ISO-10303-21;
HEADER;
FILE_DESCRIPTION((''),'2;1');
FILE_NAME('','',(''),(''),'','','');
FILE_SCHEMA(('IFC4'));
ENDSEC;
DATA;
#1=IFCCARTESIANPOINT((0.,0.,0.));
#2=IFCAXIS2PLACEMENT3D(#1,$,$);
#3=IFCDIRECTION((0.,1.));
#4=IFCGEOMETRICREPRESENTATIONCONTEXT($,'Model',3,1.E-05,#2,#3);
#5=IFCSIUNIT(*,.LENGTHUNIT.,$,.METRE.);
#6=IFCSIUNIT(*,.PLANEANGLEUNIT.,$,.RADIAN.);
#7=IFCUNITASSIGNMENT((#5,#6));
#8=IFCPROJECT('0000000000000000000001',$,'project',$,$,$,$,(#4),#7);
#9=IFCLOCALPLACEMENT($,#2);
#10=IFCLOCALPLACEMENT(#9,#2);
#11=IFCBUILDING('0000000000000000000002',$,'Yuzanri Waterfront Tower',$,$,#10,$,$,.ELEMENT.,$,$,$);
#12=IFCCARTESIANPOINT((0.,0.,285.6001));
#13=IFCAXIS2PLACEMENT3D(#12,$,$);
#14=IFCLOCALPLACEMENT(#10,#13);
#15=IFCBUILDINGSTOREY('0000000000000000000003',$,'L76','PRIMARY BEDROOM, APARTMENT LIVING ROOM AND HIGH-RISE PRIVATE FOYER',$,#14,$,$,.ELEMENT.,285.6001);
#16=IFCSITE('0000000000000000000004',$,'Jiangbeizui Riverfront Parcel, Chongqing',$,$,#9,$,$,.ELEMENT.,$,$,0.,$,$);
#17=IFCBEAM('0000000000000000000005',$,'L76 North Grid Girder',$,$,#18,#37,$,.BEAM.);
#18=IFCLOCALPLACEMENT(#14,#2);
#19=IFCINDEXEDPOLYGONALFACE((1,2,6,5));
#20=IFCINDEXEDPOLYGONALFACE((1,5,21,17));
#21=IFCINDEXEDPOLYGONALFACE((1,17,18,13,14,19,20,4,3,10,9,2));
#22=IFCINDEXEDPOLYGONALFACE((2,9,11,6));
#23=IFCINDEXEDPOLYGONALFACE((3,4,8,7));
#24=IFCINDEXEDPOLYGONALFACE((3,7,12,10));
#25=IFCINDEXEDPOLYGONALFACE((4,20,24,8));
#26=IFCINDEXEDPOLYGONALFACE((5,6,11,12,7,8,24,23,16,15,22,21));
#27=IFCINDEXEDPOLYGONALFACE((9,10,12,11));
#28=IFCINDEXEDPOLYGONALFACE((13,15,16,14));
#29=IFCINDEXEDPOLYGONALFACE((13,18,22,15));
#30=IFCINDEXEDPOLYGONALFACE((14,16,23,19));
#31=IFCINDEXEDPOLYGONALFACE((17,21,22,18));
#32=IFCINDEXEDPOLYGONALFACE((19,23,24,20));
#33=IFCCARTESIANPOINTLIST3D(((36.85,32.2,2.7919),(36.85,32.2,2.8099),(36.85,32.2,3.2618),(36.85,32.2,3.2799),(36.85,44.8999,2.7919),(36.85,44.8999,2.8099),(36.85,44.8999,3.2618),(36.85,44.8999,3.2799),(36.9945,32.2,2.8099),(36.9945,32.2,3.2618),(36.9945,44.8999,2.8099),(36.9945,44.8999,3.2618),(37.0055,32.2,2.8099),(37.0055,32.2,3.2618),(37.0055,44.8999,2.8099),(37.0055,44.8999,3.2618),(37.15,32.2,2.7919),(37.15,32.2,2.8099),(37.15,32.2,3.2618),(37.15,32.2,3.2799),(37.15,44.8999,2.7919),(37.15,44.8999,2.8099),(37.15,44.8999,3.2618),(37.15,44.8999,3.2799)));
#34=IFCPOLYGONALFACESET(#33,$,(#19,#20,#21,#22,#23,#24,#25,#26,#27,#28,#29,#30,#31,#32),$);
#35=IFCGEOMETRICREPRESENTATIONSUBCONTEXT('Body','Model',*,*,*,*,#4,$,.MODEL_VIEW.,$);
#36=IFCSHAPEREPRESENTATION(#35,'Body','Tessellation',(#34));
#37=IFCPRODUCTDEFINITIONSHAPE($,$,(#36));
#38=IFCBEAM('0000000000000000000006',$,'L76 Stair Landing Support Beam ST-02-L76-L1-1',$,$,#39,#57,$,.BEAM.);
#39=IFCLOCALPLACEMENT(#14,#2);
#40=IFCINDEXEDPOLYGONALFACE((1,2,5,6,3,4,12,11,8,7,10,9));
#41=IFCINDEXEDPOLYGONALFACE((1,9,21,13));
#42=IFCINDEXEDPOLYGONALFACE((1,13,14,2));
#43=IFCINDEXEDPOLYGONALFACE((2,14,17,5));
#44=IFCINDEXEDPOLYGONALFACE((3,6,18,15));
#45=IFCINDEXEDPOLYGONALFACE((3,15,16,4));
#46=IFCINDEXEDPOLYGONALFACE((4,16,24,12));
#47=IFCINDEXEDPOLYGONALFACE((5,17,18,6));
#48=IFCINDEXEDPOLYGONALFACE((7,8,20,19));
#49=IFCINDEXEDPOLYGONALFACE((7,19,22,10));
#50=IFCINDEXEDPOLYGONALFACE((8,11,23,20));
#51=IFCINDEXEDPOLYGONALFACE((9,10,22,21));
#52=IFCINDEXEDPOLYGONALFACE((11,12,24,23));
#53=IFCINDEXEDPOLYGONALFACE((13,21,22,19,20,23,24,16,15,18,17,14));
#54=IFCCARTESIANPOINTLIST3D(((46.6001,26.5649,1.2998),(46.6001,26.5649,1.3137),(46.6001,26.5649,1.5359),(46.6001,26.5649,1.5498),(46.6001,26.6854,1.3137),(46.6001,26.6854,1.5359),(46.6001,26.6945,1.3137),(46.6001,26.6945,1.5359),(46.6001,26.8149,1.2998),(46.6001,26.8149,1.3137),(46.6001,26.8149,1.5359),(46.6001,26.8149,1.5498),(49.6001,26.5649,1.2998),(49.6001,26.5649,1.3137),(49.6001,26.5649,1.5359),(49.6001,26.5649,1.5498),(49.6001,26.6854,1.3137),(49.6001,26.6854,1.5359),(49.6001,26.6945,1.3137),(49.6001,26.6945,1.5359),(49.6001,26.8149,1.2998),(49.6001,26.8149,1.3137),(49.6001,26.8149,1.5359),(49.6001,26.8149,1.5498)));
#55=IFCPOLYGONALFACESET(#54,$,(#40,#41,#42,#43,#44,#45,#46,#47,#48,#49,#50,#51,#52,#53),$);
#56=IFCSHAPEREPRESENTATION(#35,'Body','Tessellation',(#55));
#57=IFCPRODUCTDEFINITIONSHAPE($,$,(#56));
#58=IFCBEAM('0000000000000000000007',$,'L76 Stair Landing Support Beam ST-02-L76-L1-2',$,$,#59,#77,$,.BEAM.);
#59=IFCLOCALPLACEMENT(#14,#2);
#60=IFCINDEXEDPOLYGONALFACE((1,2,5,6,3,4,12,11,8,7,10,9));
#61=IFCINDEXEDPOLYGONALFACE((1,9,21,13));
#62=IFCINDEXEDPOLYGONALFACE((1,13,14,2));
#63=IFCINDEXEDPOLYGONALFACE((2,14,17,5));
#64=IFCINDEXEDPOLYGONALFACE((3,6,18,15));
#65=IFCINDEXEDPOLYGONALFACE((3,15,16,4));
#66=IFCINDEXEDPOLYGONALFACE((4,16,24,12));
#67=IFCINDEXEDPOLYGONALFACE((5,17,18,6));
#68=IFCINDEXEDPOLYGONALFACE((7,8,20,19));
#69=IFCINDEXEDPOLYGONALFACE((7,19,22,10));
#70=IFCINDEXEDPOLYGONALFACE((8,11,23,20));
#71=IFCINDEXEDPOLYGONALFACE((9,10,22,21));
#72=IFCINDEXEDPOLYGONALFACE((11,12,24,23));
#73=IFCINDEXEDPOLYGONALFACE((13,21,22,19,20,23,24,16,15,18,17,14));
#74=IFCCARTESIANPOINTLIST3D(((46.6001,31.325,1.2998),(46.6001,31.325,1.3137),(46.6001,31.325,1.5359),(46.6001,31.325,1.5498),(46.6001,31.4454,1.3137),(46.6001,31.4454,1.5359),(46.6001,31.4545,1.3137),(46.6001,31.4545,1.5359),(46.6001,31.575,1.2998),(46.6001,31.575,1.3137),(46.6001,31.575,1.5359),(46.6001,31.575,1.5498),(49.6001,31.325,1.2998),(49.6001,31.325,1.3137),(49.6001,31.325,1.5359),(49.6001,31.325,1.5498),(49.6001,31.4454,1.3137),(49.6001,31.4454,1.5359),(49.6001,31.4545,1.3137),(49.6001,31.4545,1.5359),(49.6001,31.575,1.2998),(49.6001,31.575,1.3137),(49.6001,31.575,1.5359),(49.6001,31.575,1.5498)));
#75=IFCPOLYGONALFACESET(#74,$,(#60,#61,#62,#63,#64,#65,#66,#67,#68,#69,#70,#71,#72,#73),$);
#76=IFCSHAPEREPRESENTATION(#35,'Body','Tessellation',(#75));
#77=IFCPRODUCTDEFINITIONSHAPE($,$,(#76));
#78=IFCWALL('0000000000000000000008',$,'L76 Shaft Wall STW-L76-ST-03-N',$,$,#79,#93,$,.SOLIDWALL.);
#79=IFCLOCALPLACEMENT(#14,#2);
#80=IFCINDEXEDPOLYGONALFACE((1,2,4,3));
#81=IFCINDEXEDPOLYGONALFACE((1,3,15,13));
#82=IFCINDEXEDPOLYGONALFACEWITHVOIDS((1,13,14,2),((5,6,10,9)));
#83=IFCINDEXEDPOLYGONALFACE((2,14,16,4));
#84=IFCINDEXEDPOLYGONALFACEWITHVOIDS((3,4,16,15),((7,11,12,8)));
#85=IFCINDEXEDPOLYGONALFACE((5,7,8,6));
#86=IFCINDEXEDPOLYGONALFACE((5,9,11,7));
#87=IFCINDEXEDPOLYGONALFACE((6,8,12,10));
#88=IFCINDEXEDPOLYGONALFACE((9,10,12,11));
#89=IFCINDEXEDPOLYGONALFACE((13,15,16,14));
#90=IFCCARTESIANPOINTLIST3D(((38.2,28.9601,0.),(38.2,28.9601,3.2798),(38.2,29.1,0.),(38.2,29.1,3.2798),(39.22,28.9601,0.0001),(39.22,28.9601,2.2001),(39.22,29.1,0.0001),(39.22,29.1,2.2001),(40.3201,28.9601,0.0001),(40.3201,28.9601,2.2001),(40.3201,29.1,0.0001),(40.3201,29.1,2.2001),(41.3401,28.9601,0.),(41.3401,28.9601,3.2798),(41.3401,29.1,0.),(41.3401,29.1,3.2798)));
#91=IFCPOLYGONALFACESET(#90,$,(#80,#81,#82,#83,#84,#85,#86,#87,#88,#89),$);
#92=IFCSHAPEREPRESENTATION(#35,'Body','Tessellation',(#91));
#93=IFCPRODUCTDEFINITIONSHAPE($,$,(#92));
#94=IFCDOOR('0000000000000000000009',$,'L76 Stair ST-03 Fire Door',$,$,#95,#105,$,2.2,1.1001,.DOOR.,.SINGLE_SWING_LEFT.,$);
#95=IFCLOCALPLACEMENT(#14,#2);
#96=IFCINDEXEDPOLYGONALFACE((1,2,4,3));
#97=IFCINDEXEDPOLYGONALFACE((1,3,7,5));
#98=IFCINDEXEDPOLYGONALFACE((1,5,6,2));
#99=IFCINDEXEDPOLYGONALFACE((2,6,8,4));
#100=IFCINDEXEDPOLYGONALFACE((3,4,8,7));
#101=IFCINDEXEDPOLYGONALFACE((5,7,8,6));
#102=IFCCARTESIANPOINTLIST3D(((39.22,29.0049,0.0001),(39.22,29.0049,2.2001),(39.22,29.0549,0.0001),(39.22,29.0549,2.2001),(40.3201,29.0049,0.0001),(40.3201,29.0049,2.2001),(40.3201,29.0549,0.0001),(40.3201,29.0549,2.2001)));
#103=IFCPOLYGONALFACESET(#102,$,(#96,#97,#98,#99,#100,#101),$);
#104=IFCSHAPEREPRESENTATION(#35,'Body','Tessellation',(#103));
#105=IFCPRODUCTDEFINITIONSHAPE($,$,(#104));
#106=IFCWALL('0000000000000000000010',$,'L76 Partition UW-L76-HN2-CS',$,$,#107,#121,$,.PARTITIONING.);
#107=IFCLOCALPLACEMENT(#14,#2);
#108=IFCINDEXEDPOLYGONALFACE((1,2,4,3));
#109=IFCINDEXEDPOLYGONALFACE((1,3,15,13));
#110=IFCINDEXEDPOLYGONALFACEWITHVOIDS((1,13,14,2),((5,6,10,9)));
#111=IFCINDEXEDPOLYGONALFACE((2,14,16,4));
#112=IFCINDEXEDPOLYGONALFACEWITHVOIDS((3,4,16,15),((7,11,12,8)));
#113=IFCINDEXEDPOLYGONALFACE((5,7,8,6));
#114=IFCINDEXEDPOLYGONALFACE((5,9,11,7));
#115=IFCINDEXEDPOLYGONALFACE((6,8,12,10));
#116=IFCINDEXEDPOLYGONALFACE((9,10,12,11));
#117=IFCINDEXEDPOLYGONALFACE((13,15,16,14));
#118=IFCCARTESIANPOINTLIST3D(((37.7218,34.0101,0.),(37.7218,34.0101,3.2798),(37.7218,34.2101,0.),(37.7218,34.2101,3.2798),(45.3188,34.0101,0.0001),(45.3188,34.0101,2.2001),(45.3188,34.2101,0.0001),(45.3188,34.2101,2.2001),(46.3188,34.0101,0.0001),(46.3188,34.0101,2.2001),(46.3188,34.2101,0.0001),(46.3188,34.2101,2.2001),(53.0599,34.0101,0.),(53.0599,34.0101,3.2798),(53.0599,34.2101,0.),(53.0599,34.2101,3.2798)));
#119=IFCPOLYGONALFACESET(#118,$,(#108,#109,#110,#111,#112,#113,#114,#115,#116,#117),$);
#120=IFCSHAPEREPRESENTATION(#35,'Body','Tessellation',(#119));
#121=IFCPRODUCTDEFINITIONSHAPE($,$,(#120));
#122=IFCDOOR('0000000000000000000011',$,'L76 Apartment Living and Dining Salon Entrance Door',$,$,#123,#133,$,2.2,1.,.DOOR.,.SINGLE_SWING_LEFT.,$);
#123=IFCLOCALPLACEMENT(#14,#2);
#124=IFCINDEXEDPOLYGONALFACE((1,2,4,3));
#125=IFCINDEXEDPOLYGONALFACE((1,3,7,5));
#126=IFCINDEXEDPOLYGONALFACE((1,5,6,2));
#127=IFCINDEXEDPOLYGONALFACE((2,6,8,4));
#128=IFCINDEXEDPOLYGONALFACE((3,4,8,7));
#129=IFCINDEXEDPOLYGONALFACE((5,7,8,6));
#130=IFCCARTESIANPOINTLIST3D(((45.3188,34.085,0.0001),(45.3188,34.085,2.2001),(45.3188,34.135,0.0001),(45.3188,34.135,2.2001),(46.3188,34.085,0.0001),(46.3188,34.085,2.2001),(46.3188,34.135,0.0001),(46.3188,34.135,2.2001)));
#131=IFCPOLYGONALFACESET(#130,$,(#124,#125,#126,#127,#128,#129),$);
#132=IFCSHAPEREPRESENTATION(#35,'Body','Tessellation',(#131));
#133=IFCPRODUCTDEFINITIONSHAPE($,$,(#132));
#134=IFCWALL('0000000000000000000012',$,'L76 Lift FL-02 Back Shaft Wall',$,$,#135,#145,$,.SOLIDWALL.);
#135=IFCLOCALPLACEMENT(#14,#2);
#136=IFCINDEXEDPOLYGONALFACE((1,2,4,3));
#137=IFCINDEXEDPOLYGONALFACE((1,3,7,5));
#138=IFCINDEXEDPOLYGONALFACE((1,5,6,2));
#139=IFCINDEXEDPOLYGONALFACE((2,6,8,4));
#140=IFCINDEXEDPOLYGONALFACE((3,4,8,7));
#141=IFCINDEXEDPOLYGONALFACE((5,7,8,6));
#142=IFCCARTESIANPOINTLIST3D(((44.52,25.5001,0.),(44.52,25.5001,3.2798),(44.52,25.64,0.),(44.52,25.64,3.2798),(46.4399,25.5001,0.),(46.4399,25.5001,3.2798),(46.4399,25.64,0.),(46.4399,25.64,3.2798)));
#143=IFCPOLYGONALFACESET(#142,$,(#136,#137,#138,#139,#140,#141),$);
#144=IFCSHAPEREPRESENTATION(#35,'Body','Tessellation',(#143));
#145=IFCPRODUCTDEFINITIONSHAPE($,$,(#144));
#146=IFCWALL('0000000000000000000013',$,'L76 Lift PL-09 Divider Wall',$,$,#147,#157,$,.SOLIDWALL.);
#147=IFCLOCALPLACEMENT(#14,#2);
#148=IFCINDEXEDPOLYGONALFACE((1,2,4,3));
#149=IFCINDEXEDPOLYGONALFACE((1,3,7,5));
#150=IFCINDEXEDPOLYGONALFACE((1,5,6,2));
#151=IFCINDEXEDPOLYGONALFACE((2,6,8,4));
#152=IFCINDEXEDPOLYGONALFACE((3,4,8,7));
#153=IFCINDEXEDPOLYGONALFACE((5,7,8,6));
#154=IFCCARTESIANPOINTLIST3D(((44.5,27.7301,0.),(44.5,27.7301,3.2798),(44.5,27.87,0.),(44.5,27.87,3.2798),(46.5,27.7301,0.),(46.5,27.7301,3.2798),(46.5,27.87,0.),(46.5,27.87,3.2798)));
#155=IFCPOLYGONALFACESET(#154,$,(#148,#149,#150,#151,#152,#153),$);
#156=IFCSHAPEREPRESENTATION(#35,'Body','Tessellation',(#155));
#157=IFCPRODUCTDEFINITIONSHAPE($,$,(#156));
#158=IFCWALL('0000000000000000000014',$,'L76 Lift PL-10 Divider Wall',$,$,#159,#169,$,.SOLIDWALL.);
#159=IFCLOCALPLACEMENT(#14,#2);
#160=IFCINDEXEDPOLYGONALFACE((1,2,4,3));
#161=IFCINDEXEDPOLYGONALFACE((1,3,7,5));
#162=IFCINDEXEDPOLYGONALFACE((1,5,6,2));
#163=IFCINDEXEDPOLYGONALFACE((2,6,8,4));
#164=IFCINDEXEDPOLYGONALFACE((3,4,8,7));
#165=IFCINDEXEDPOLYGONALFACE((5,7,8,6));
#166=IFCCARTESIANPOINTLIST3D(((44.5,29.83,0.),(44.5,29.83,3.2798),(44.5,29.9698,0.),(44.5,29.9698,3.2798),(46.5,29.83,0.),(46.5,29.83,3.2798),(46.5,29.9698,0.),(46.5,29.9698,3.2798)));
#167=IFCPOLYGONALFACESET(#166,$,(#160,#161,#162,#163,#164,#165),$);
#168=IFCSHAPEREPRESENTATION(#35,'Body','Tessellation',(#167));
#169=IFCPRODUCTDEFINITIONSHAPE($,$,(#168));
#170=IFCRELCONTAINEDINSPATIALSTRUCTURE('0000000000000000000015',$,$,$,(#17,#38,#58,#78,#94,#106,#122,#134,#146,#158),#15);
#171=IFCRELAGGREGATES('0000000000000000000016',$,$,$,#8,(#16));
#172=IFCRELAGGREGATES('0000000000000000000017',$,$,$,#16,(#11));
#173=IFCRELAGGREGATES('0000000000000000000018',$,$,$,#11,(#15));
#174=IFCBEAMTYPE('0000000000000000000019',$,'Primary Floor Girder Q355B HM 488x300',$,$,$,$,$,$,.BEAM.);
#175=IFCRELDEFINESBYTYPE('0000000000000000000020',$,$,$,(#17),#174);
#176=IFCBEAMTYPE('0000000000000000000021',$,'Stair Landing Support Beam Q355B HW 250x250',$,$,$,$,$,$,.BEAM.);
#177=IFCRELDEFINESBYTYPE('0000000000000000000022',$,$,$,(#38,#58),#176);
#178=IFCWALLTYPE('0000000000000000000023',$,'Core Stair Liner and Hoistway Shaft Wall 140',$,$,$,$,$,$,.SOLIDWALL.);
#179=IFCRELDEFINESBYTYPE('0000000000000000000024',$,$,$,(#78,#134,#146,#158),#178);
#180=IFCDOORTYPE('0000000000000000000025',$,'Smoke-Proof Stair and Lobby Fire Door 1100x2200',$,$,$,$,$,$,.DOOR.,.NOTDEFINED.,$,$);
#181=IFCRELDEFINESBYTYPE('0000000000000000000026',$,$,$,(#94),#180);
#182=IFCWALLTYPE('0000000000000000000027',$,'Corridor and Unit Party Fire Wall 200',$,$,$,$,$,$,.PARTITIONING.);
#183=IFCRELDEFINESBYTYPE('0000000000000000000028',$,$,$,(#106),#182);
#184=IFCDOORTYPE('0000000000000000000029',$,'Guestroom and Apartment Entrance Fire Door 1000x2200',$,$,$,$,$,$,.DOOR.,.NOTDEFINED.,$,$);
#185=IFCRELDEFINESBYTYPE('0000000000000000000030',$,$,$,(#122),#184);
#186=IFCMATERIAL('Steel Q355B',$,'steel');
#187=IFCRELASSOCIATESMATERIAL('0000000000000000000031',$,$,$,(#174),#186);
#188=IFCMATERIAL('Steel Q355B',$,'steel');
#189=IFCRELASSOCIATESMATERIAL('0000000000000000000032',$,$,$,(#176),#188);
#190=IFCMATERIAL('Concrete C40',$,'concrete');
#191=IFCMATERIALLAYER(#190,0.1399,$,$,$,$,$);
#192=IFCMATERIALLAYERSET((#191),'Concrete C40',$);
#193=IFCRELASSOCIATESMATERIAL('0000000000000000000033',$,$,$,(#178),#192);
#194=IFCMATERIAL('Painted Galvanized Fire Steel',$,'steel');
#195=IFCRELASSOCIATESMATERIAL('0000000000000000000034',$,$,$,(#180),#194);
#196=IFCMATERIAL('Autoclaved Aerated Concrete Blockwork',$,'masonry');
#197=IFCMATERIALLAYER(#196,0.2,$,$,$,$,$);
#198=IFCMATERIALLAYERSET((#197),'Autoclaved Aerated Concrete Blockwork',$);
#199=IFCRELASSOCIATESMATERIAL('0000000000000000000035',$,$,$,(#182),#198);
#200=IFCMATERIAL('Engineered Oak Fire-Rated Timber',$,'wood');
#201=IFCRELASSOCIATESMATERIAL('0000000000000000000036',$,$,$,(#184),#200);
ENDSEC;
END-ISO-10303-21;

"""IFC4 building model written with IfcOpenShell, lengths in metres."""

from ifc_helpers import new_model, si_unit, direction, frame, frame_2d, origin, origin_2d, place, context, subcontext, project, spatial, rectangle, i_section, extrude, source, transform, mapped, material, layer, layer_set, material_profile, profile_set, type_object, element, fill, save


model = new_model("IFC4")

# Units and contexts
model_context = context("Model", 3, precision=1e-05, world=origin(), true_north=direction((0.0, 1.0)))
body_context = subcontext(model_context, "Body", "Model", "MODEL_VIEW")
ifc_project = project(units=[si_unit("LENGTHUNIT", "METRE"), si_unit("PLANEANGLEUNIT", "RADIAN")], contexts=[model_context])

# Site, building, storey
site_placement = place(None, origin())
site = spatial("IfcSite", under=ifc_project, at=site_placement, Name="Jiangbeizui Riverfront Parcel, Chongqing", CompositionType="ELEMENT", RefElevation=0.0)
building_placement = place(site_placement, origin())
building = spatial("IfcBuilding", under=site, at=building_placement, Name="Yuzanri Waterfront Tower", CompositionType="ELEMENT")
storey_placement = place(building_placement, frame((0.0, 0.0, 285.6001)))
storey = spatial("IfcBuildingStorey", under=building, at=storey_placement, Name="L76", Description="PRIMARY BEDROOM, APARTMENT LIVING ROOM AND HIGH-RISE PRIVATE FOYER", CompositionType="ELEMENT", Elevation=285.6001)

# Beams
ifc_material_1 = material(Name="Steel Q355B", Category="steel")
ifc_material_profile_1 = material_profile(ifc_material_1, i_section(OverallWidth=0.3, OverallDepth=0.488, WebThickness=0.011, FlangeThickness=0.0181, at=origin_2d()), Name="HM 488x300x11x18")
ifc_profile_set_1 = profile_set([ifc_material_profile_1], Name="Steel Q355B")
beam_type_1 = type_object("IfcBeamType", Name="Primary Floor Girder Q355B HM 488x300", PredefinedType="BEAM", material=ifc_profile_set_1)
shared_shape_1 = source(origin(), body_context, "Body", "SweptSolid", [
    extrude(i_section(OverallWidth=0.3, OverallDepth=0.488, WebThickness=0.011, FlangeThickness=0.0181, at=origin_2d()), origin(), (0.0, 0.0, 1.0), 12.7),
])
beam_placement = place(storey_placement, frame((37.0, 32.2, 3.0359), z_axis=(0.0, 1.0, 0.0), x_axis=(-1.0, 0.0, 0.0)))
element("IfcBeam", 1, at=beam_placement, inside=storey, type_object=beam_type_1, Name="L76 North Grid Girder", PredefinedType="BEAM", context=body_context, shape_type="MappedRepresentation", body=[
    mapped(shared_shape_1, transform((0.0, 0.0, 0.0), scale=1.0)),
])
ifc_material_2 = material(Name="Steel Q355B", Category="steel")
ifc_material_profile_2 = material_profile(ifc_material_2, i_section(OverallWidth=0.25, OverallDepth=0.25, WebThickness=0.009, FlangeThickness=0.0139, at=origin_2d()), Name="HW 250x250x9x14")
ifc_profile_set_2 = profile_set([ifc_material_profile_2], Name="Steel Q355B")
beam_type_2 = type_object("IfcBeamType", Name="Stair Landing Support Beam Q355B HW 250x250", PredefinedType="BEAM", material=ifc_profile_set_2)
shared_shape_2 = source(origin(), body_context, "Body", "SweptSolid", [
    extrude(i_section(OverallWidth=0.25, OverallDepth=0.25, WebThickness=0.009, FlangeThickness=0.0139, at=origin_2d()), origin(), (0.0, 0.0, 1.0), 3.0),
])
for number, where, z_axis, x_axis, name in (
    (2, (46.6001, 26.6899, 1.4248), (1.0, 0.0, 0.0), (0.0, 1.0, 0.0), "L76 Stair Landing Support Beam ST-02-L76-L1-1"),
    (3, (46.6001, 31.45, 1.4248), (1.0, 0.0, 0.0), (0.0, 1.0, 0.0), "L76 Stair Landing Support Beam ST-02-L76-L1-2"),
):
    element("IfcBeam", number, at=place(storey_placement, frame(where, z_axis=z_axis, x_axis=x_axis)), inside=storey, type_object=beam_type_2, Name=name, PredefinedType="BEAM", context=body_context, shape_type="MappedRepresentation", body=[
        mapped(shared_shape_2, transform((0.0, 0.0, 0.0), scale=1.0)),
    ])

# Walls, openings, doors
ifc_material_3 = material(Name="Concrete C40", Category="concrete")
ifc_layer_1 = layer(ifc_material_3, 0.1399)
ifc_layer_set_1 = layer_set([ifc_layer_1], Name="Concrete C40")
wall_type_1 = type_object("IfcWallType", Name="Core Stair Liner and Hoistway Shaft Wall 140", PredefinedType="SOLIDWALL", material=ifc_layer_set_1)
wall_1_placement = place(storey_placement, frame((38.2, 29.03, 0.0), z_axis=(0.0, 0.0, 1.0), x_axis=(1.0, 0.0, 0.0)))
wall_1 = element("IfcWall", 4, at=wall_1_placement, inside=storey, type_object=wall_type_1, Name="L76 Shaft Wall STW-L76-ST-03-N", PredefinedType="SOLIDWALL", context=body_context, shape_type="SweptSolid", body=[
    extrude(rectangle(XDim=3.1401, YDim=0.1399, at=frame_2d((1.5701, 0.0))), origin(), (0.0, 0.0, 1.0), 3.2798),
])
opening_1_placement = place(wall_1_placement, frame((1.02, 0.0, 0.0)))
opening_1 = element("IfcOpeningElement", 5, at=opening_1_placement, cuts=wall_1, PredefinedType="OPENING", context=body_context, shape_type="SweptSolid", body=[
    extrude(rectangle(XDim=1.1001, YDim=2.2, at=frame_2d((0.55, 1.1001))), frame((0.0, 0.085, 0.0), z_axis=(0.0, -1.0, 0.0), x_axis=(1.0, 0.0, 0.0)), (0.0, 0.0, 1.0), 0.1697),
])
ifc_material_4 = material(Name="Painted Galvanized Fire Steel", Category="steel")
door_type_1 = type_object("IfcDoorType", Name="Smoke-Proof Stair and Lobby Fire Door 1100x2200", OperationType="NOTDEFINED", PredefinedType="DOOR", material=ifc_material_4)
shared_shape_3 = source(origin(), body_context, "Body", "SweptSolid", [
    extrude(rectangle(XDim=1.1001, YDim=2.2, at=frame_2d((0.55, 1.1001))), frame((0.0, 0.0249, 0.0), z_axis=(0.0, -1.0, 0.0), x_axis=(1.0, 0.0, 0.0)), (0.0, 0.0, 1.0), 0.05),
])
door_1_placement = place(opening_1_placement, origin())
door_1 = element("IfcDoor", 6, at=door_1_placement, inside=storey, type_object=door_type_1, Name="L76 Stair ST-03 Fire Door", OperationType="SINGLE_SWING_LEFT", OverallHeight=2.2, OverallWidth=1.1001, PredefinedType="DOOR", context=body_context, shape_type="MappedRepresentation", body=[
    mapped(shared_shape_3, transform((0.0, 0.0, 0.0), scale=1.0)),
])
fill(opening_1, door_1)
ifc_material_5 = material(Name="Autoclaved Aerated Concrete Blockwork", Category="masonry")
ifc_layer_2 = layer(ifc_material_5, 0.2)
ifc_layer_set_2 = layer_set([ifc_layer_2], Name="Autoclaved Aerated Concrete Blockwork")
wall_type_2 = type_object("IfcWallType", Name="Corridor and Unit Party Fire Wall 200", PredefinedType="PARTITIONING", material=ifc_layer_set_2)
wall_2_placement = place(storey_placement, frame((37.7219, 34.1101, 0.0), z_axis=(0.0, 0.0, 1.0), x_axis=(1.0, 0.0, 0.0)))
wall_2 = element("IfcWall", 7, at=wall_2_placement, inside=storey, type_object=wall_type_2, Name="L76 Partition UW-L76-HN2-CS", PredefinedType="PARTITIONING", context=body_context, shape_type="SweptSolid", body=[
    extrude(rectangle(XDim=15.3381, YDim=0.2, at=frame_2d((7.6689, 0.0))), origin(), (0.0, 0.0, 1.0), 3.2798),
])
opening_2_placement = place(wall_2_placement, frame((7.5969, 0.0, 0.0)))
opening_2 = element("IfcOpeningElement", 8, at=opening_2_placement, cuts=wall_2, PredefinedType="OPENING", context=body_context, shape_type="SweptSolid", body=[
    extrude(rectangle(XDim=1.0, YDim=2.2, at=frame_2d((0.5, 1.1001))), frame((0.0, 0.1147, 0.0), z_axis=(0.0, -1.0, 0.0), x_axis=(1.0, 0.0, 0.0)), (0.0, 0.0, 1.0), 0.2297),
])
ifc_material_6 = material(Name="Engineered Oak Fire-Rated Timber", Category="wood")
door_type_2 = type_object("IfcDoorType", Name="Guestroom and Apartment Entrance Fire Door 1000x2200", OperationType="NOTDEFINED", PredefinedType="DOOR", material=ifc_material_6)
shared_shape_4 = source(origin(), body_context, "Body", "SweptSolid", [
    extrude(rectangle(XDim=1.0, YDim=2.2, at=frame_2d((0.5, 1.1001))), frame((0.0, 0.0249, 0.0), z_axis=(0.0, -1.0, 0.0), x_axis=(1.0, 0.0, 0.0)), (0.0, 0.0, 1.0), 0.05),
])
door_2_placement = place(opening_2_placement, origin())
door_2 = element("IfcDoor", 9, at=door_2_placement, inside=storey, type_object=door_type_2, Name="L76 Apartment Living and Dining Salon Entrance Door", OperationType="SINGLE_SWING_LEFT", OverallHeight=2.2, OverallWidth=1.0, PredefinedType="DOOR", context=body_context, shape_type="MappedRepresentation", body=[
    mapped(shared_shape_4, transform((0.0, 0.0, 0.0), scale=1.0)),
])
fill(opening_2, door_2)

# Walls
shared_shape_5 = source(origin(), body_context, "Body", "SweptSolid", [
    extrude(rectangle(XDim=1.9199, YDim=0.1399, at=frame_2d((0.96, 0.0))), origin(), (0.0, 0.0, 1.0), 3.2798),
])
wall_3_placement = place(storey_placement, frame((44.52, 25.5701, 0.0), z_axis=(0.0, 0.0, 1.0), x_axis=(1.0, 0.0, 0.0)))
element("IfcWall", 10, at=wall_3_placement, inside=storey, type_object=wall_type_1, Name="L76 Lift FL-02 Back Shaft Wall", PredefinedType="SOLIDWALL", context=body_context, shape_type="MappedRepresentation", body=[
    mapped(shared_shape_5, transform((0.0, 0.0, 0.0), scale=1.0)),
])
shared_shape_6 = source(origin(), body_context, "Body", "SweptSolid", [
    extrude(rectangle(XDim=2.0, YDim=0.1399, at=frame_2d((1.0, 0.0))), origin(), (0.0, 0.0, 1.0), 3.2798),
])
for number, where, z_axis, x_axis, name in (
    (11, (44.5, 27.8, 0.0), (0.0, 0.0, 1.0), (1.0, 0.0, 0.0), "L76 Lift PL-09 Divider Wall"),
    (12, (44.5, 29.8999, 0.0), (0.0, 0.0, 1.0), (1.0, 0.0, 0.0), "L76 Lift PL-10 Divider Wall"),
):
    element("IfcWall", number, at=place(storey_placement, frame(where, z_axis=z_axis, x_axis=x_axis)), inside=storey, type_object=wall_type_1, Name=name, PredefinedType="SOLIDWALL", context=body_context, shape_type="MappedRepresentation", body=[
        mapped(shared_shape_6, transform((0.0, 0.0, 0.0), scale=1.0)),
    ])

save(model, "model.ifc")
